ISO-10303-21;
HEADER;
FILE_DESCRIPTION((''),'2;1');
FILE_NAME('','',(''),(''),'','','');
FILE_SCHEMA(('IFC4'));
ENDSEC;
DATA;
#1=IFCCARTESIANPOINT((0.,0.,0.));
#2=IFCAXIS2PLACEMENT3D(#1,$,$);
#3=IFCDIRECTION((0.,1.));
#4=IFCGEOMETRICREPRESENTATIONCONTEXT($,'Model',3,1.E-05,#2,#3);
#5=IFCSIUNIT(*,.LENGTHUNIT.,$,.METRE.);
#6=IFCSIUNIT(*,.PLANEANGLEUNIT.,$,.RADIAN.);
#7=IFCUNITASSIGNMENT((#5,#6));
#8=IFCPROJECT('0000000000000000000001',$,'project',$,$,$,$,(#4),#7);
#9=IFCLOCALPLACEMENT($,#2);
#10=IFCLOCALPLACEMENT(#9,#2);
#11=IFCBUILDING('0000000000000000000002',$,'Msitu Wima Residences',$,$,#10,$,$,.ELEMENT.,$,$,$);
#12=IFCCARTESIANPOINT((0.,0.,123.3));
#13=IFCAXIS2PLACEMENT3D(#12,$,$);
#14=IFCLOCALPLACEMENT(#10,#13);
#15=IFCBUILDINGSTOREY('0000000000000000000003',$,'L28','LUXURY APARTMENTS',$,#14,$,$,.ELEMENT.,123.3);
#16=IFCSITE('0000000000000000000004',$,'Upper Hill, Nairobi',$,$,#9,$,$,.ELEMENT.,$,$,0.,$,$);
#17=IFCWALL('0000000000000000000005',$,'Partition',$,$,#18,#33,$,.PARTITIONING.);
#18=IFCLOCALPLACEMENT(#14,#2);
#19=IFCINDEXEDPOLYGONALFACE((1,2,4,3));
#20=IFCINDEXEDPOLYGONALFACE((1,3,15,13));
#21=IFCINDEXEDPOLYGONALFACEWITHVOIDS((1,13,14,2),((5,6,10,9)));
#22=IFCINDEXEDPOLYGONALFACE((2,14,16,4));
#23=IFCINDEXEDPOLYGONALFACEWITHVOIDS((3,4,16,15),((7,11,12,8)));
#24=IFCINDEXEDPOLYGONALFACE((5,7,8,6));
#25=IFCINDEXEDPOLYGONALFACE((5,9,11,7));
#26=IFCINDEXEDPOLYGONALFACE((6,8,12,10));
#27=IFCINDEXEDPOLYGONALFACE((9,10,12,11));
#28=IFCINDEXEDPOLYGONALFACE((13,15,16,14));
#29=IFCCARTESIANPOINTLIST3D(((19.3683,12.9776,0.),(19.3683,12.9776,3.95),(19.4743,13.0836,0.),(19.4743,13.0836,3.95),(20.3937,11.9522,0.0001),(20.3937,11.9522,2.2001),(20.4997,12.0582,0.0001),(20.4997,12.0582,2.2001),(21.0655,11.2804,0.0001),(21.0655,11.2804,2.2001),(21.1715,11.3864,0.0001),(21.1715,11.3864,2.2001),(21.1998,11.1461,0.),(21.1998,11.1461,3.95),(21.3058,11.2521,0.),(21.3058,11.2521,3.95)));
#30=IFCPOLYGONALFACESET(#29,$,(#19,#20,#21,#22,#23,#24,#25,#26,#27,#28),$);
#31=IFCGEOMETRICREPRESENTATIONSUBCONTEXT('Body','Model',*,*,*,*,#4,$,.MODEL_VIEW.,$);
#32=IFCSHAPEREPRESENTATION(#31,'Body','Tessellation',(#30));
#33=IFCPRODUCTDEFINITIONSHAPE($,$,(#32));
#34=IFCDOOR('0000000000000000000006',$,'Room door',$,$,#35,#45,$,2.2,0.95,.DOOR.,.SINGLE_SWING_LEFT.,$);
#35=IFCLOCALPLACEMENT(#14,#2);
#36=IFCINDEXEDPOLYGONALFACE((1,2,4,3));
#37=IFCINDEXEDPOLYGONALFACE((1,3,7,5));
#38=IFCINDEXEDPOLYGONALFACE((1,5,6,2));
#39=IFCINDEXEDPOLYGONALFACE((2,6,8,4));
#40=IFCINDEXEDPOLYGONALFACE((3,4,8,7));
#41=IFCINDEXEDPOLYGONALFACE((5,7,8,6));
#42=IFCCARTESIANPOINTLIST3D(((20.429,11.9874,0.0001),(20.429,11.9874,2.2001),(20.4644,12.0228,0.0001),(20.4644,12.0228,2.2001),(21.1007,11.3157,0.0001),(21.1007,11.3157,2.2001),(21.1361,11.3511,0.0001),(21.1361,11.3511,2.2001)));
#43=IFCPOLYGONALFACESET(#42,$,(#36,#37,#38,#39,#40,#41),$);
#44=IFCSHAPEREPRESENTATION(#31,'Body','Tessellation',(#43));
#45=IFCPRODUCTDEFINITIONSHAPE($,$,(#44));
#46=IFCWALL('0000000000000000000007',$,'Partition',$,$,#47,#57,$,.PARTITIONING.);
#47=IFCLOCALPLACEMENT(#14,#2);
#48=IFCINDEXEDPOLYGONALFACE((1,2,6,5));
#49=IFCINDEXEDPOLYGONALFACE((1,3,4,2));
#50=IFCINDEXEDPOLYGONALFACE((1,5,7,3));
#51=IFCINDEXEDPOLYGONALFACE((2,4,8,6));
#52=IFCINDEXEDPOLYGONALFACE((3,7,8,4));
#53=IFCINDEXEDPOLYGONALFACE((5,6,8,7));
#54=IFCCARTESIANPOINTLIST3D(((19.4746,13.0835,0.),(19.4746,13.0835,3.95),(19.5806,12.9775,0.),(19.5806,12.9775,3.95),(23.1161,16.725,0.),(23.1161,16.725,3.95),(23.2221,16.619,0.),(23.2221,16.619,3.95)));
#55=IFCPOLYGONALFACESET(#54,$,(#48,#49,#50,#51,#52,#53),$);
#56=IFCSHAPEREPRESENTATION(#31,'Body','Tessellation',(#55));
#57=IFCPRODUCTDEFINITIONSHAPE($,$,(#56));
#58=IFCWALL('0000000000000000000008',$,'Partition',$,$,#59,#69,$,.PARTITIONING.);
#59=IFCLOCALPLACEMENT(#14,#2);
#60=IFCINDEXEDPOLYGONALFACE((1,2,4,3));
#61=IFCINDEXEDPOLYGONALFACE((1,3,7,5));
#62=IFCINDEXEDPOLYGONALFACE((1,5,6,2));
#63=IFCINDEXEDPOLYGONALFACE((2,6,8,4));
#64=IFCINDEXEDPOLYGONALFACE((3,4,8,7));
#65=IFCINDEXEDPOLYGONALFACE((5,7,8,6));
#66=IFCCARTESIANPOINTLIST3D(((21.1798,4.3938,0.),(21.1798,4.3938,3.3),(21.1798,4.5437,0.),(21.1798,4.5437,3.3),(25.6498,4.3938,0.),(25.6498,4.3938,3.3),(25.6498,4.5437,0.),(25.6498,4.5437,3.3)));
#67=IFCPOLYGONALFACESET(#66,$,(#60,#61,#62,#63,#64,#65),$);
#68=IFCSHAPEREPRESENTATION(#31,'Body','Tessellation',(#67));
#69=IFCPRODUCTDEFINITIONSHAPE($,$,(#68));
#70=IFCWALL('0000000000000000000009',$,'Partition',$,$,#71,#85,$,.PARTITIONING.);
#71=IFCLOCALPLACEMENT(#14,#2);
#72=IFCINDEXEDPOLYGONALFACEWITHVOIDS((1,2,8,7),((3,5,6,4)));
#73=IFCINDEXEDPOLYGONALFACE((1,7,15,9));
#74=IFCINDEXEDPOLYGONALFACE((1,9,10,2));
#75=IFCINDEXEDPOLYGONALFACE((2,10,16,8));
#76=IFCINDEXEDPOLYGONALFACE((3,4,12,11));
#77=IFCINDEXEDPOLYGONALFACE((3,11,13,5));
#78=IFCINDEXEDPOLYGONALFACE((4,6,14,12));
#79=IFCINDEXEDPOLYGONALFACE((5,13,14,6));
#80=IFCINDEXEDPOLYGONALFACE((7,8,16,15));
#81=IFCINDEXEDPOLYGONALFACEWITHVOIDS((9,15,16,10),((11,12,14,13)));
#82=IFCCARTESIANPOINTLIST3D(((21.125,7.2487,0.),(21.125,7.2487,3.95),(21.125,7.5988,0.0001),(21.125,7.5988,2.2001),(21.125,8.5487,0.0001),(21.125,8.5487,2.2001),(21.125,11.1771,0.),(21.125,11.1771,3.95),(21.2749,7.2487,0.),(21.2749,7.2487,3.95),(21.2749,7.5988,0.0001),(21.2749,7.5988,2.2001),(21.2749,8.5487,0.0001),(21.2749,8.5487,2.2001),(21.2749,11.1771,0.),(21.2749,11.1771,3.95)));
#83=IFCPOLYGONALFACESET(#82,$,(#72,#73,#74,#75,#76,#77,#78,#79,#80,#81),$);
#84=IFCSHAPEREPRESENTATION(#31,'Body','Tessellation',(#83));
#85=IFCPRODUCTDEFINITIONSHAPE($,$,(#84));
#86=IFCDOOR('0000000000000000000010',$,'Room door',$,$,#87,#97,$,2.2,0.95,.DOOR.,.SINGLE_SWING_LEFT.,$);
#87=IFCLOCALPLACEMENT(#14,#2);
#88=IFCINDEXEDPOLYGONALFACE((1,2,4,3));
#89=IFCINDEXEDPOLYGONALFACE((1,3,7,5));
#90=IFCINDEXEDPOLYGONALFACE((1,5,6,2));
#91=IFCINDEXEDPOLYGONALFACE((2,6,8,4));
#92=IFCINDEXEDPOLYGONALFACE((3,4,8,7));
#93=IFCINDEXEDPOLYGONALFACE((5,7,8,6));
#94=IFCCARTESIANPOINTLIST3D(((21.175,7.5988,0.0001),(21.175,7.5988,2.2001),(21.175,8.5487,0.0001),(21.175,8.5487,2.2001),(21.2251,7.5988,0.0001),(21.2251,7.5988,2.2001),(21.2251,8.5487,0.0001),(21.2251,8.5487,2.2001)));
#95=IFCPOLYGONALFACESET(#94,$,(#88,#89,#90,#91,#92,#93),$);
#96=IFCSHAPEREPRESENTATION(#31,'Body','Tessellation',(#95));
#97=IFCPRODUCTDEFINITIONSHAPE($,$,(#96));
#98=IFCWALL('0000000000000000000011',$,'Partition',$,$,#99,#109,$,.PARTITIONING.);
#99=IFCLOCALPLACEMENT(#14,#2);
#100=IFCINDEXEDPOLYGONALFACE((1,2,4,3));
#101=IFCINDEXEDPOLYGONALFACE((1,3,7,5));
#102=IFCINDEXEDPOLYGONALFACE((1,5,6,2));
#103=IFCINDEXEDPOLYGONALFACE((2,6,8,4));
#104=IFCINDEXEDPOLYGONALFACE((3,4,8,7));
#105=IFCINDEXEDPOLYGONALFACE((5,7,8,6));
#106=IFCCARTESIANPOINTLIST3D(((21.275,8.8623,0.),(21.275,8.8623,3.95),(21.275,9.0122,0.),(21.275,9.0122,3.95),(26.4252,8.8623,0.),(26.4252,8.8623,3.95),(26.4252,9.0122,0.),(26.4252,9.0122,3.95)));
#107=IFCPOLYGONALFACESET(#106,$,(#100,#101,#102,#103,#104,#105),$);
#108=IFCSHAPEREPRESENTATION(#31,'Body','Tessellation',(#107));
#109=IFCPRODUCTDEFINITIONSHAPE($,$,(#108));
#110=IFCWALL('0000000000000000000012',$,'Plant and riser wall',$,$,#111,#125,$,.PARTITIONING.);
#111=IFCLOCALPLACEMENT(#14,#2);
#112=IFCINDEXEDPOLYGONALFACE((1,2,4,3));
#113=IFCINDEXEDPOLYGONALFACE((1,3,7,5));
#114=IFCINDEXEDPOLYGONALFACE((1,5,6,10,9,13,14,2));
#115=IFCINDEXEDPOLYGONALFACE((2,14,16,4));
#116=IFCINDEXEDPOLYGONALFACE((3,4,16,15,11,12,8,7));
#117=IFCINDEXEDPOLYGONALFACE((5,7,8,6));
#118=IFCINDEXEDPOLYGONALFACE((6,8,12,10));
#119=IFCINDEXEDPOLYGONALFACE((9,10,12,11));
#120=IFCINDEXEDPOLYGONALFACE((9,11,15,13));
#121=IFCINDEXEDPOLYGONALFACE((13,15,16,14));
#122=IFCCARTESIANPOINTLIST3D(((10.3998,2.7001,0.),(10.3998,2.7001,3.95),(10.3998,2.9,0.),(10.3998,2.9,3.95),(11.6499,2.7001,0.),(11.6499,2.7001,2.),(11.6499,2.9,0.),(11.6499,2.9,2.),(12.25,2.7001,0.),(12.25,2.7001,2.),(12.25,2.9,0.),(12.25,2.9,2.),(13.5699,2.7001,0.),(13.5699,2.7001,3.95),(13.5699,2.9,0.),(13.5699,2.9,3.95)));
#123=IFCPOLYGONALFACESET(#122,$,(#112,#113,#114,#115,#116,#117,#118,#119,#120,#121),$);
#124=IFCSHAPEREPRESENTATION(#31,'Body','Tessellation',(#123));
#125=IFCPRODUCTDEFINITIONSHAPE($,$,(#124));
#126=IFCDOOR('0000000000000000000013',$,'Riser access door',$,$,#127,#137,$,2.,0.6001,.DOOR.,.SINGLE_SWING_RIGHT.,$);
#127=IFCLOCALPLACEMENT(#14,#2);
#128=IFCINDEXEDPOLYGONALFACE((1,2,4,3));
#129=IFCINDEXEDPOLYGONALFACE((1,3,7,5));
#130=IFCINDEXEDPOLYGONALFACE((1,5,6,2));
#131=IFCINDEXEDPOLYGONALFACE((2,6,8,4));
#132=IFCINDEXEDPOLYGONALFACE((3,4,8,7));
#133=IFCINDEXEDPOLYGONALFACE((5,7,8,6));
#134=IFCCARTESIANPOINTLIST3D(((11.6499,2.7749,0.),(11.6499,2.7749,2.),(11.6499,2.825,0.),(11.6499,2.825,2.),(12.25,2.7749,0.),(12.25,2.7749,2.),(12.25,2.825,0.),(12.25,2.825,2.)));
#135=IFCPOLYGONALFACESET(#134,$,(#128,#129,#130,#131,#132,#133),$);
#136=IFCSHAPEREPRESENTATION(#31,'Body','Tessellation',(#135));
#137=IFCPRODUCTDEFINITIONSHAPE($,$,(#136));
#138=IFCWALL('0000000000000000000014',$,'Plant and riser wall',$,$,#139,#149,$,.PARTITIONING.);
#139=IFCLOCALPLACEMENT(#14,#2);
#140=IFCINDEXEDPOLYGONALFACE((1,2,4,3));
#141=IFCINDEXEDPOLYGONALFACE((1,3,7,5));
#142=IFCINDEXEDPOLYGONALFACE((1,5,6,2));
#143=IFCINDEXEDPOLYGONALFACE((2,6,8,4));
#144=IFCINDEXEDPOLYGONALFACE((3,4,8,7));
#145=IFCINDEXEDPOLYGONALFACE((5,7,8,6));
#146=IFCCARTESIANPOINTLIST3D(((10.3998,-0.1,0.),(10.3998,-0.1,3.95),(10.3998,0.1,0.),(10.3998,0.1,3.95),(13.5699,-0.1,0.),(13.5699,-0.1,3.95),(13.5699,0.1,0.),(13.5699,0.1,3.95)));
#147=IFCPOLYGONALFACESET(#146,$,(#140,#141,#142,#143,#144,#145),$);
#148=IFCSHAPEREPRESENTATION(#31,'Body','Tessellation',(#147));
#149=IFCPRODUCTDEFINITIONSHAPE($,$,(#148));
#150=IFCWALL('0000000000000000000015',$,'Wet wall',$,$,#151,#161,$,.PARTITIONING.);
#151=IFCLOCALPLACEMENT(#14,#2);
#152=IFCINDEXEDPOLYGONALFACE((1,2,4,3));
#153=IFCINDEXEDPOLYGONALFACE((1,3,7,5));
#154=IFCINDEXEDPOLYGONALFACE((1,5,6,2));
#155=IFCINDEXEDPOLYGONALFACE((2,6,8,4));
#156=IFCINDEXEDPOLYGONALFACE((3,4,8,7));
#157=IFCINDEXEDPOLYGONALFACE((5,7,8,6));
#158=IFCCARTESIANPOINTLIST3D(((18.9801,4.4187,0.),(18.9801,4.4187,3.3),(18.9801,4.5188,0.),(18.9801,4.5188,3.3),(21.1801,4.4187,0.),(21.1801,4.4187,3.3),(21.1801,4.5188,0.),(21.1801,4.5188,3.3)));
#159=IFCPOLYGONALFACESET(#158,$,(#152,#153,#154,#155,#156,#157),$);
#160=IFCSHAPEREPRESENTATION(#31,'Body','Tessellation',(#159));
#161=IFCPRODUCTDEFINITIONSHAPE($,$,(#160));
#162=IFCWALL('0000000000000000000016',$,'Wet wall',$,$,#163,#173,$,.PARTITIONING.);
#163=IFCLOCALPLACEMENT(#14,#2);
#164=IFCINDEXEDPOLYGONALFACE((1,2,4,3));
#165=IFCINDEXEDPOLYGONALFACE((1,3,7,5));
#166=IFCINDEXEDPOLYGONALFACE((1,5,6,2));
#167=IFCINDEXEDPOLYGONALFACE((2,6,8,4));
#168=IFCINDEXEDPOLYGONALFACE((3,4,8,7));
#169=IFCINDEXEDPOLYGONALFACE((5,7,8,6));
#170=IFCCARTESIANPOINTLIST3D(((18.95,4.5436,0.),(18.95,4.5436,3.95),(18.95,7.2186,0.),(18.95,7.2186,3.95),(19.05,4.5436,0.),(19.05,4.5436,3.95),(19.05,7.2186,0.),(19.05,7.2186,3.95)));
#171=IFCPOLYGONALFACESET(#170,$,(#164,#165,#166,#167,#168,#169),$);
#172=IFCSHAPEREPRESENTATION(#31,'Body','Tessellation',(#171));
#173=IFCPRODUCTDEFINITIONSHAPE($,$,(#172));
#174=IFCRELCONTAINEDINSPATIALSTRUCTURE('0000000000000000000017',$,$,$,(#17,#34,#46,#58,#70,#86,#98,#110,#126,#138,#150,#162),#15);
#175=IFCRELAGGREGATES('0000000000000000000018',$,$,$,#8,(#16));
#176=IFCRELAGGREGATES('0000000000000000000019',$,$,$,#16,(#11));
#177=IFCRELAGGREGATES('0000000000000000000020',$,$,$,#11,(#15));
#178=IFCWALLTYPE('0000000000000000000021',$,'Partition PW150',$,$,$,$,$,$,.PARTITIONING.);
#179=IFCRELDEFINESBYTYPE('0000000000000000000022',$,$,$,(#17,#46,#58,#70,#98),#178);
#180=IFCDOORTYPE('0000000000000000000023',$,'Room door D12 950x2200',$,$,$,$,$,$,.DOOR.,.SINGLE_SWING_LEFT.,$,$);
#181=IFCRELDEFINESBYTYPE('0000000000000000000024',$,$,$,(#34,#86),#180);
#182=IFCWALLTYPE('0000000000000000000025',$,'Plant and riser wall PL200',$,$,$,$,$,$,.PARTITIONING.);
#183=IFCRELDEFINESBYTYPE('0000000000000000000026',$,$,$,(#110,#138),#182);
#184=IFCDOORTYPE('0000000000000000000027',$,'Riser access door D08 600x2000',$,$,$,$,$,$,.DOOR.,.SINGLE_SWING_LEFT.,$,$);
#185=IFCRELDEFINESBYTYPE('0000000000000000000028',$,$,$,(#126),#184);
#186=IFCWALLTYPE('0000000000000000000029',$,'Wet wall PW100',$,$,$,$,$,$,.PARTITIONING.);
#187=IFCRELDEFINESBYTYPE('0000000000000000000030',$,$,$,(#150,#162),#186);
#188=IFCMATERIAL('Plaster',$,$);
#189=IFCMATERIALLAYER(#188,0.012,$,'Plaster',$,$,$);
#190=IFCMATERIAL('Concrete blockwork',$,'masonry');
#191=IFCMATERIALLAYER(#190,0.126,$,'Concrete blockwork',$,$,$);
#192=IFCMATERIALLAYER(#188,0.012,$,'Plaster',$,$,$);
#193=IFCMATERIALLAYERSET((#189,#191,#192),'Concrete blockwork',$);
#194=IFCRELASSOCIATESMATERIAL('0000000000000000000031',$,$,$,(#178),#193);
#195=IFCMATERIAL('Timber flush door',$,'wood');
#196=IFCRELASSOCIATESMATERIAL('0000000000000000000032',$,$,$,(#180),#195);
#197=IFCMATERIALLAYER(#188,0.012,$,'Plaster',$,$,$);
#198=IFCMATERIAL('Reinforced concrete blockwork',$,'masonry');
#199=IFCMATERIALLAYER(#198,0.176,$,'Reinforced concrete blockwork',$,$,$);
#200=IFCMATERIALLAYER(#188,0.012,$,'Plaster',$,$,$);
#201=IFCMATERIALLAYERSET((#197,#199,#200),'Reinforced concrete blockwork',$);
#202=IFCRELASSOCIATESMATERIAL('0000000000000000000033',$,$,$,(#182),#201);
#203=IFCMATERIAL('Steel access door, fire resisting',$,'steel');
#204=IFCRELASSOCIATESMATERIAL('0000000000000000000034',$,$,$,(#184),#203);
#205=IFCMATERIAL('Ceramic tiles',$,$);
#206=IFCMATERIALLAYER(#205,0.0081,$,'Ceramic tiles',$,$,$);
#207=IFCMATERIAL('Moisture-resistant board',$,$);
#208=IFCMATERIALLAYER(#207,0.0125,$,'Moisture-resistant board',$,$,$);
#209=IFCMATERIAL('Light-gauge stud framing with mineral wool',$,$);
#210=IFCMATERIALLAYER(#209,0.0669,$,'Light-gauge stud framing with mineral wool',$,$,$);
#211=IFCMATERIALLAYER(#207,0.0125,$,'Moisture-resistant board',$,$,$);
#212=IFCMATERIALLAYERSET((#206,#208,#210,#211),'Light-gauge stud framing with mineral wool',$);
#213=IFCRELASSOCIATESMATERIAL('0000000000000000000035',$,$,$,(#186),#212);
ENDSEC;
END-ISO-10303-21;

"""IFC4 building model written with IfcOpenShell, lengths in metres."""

from ifc_helpers import new_model, si_unit, direction, frame, frame_2d, origin, place, context, subcontext, project, spatial, rectangle, extrude, material, layer, layer_set, type_object, element, fill, save


model = new_model("IFC4")

# Units and contexts
model_context = context("Model", 3, precision=1e-05, world=origin(), true_north=direction((0.0, 1.0)))
body_context = subcontext(model_context, "Body", "Model", "MODEL_VIEW")
ifc_project = project(units=[si_unit("LENGTHUNIT", "METRE"), si_unit("PLANEANGLEUNIT", "RADIAN")], contexts=[model_context])

# Site, building, storey
site_placement = place(None, origin())
site = spatial("IfcSite", under=ifc_project, at=site_placement, Name="Upper Hill, Nairobi", CompositionType="ELEMENT", RefElevation=0.0)
building_placement = place(site_placement, origin())
building = spatial("IfcBuilding", under=site, at=building_placement, Name="Msitu Wima Residences", CompositionType="ELEMENT")
storey_placement = place(building_placement, frame((0.0, 0.0, 123.3)))
storey = spatial("IfcBuildingStorey", under=building, at=storey_placement, Name="L28", Description="LUXURY APARTMENTS", CompositionType="ELEMENT", Elevation=123.3)

# Wall, opening, door
ifc_material_1 = material(Name="Plaster")
ifc_layer_1 = layer(ifc_material_1, 0.012, Name="Plaster")
ifc_material_2 = material(Name="Concrete blockwork", Category="masonry")
ifc_layer_2 = layer(ifc_material_2, 0.126, Name="Concrete blockwork")
ifc_layer_3 = layer(ifc_material_1, 0.012, Name="Plaster")
ifc_layer_set_1 = layer_set([ifc_layer_1, ifc_layer_2, ifc_layer_3], Name="Concrete blockwork")
wall_type_1 = type_object("IfcWallType", Name="Partition PW150", PredefinedType="PARTITIONING", material=ifc_layer_set_1)
ifc_material_3 = material(Name="Timber flush door", Category="wood")
door_type_1 = type_object("IfcDoorType", Name="Room door D12 950x2200", OperationType="SINGLE_SWING_LEFT", PredefinedType="DOOR", material=ifc_material_3)
wall_1_placement = place(storey_placement, frame((19.4214, 13.0305, 0.0), z_axis=(0.0, 0.0, 1.0), x_axis=(0.707107, -0.707107, 0.0)))
wall_1 = element("IfcWall", 1, at=wall_1_placement, inside=storey, type_object=wall_type_1, Name="Partition", PredefinedType="PARTITIONING", context=body_context, shape_type="SweptSolid", body=[
    extrude(rectangle(XDim=2.5901, YDim=0.1499, at=frame_2d((1.2949, 0.0))), origin(), (0.0, 0.0, 1.0), 3.95),
])
opening_1_placement = place(wall_1_placement, frame((1.45, 0.0, 0.0)))
opening_1 = element("IfcOpeningElement", 2, at=opening_1_placement, cuts=wall_1, PredefinedType="OPENING", context=body_context, shape_type="SweptSolid", body=[
    extrude(rectangle(XDim=0.95, YDim=2.2, at=frame_2d((0.4751, 1.1001))), frame((0.0, 0.085, 0.0), z_axis=(0.0, -1.0, 0.0), x_axis=(1.0, 0.0, 0.0)), (0.0, 0.0, 1.0), 0.1699),
])
door_1_placement = place(opening_1_placement, origin())
door_1 = element("IfcDoor", 3, at=door_1_placement, inside=storey, type_object=door_type_1, Name="Room door", OperationType="SINGLE_SWING_LEFT", OverallHeight=2.2, OverallWidth=0.95, PredefinedType="DOOR", context=body_context, shape_type="SweptSolid", body=[
    extrude(rectangle(XDim=0.95, YDim=2.2, at=frame_2d((0.4751, 1.1001))), frame((0.0, 0.0249, 0.0), z_axis=(0.0, -1.0, 0.0), x_axis=(1.0, 0.0, 0.0)), (0.0, 0.0, 1.0), 0.05),
])
fill(opening_1, door_1)

# Walls
wall_2_placement = place(storey_placement, frame((19.5276, 13.0305, 0.0), z_axis=(0.0, 0.0, 1.0), x_axis=(0.707107, 0.707107, 0.0)))
element("IfcWall", 4, at=wall_2_placement, inside=storey, type_object=wall_type_1, Name="Partition", PredefinedType="PARTITIONING", context=body_context, shape_type="SweptSolid", body=[
    extrude(rectangle(XDim=5.1499, YDim=0.1499, at=frame_2d((2.575, 0.0))), origin(), (0.0, 0.0, 1.0), 3.95),
])
wall_3_placement = place(storey_placement, frame((21.1799, 4.4688, 0.0), z_axis=(0.0, 0.0, 1.0), x_axis=(1.0, 0.0, 0.0)))
element("IfcWall", 5, at=wall_3_placement, inside=storey, type_object=wall_type_1, Name="Partition", PredefinedType="PARTITIONING", context=body_context, shape_type="SweptSolid", body=[
    extrude(rectangle(XDim=4.47, YDim=0.1499, at=frame_2d((2.2349, 0.0))), origin(), (0.0, 0.0, 1.0), 3.3),
])

# Wall, opening, door
wall_4_placement = place(storey_placement, frame((21.2, 7.2485, 0.0), z_axis=(0.0, 0.0, 1.0), x_axis=(0.0, 1.0, 0.0)))
wall_4 = element("IfcWall", 6, at=wall_4_placement, inside=storey, type_object=wall_type_1, Name="Partition", PredefinedType="PARTITIONING", context=body_context, shape_type="SweptSolid", body=[
    extrude(rectangle(XDim=3.9285, YDim=0.1499, at=frame_2d((1.9644, 0.0))), origin(), (0.0, 0.0, 1.0), 3.95),
])
opening_2_placement = place(wall_4_placement, frame((0.3501, 0.0, 0.0)))
opening_2 = element("IfcOpeningElement", 7, at=opening_2_placement, cuts=wall_4, PredefinedType="OPENING", context=body_context, shape_type="SweptSolid", body=[
    extrude(rectangle(XDim=0.95, YDim=2.2, at=frame_2d((0.4751, 1.1001))), frame((0.0, 0.085, 0.0), z_axis=(0.0, -1.0, 0.0), x_axis=(1.0, 0.0, 0.0)), (0.0, 0.0, 1.0), 0.1699),
])
door_2_placement = place(opening_2_placement, origin())
door_2 = element("IfcDoor", 8, at=door_2_placement, inside=storey, type_object=door_type_1, Name="Room door", OperationType="SINGLE_SWING_LEFT", OverallHeight=2.2, OverallWidth=0.95, PredefinedType="DOOR", context=body_context, shape_type="SweptSolid", body=[
    extrude(rectangle(XDim=0.95, YDim=2.2, at=frame_2d((0.4751, 1.1001))), frame((0.0, 0.0249, 0.0), z_axis=(0.0, -1.0, 0.0), x_axis=(1.0, 0.0, 0.0)), (0.0, 0.0, 1.0), 0.05),
])
fill(opening_2, door_2)

# Wall
wall_5_placement = place(storey_placement, frame((21.2749, 8.9373, 0.0), z_axis=(0.0, 0.0, 1.0), x_axis=(1.0, 0.0, 0.0)))
element("IfcWall", 9, at=wall_5_placement, inside=storey, type_object=wall_type_1, Name="Partition", PredefinedType="PARTITIONING", context=body_context, shape_type="SweptSolid", body=[
    extrude(rectangle(XDim=5.1501, YDim=0.1499, at=frame_2d((2.5752, 0.0))), origin(), (0.0, 0.0, 1.0), 3.95),
])

# Wall, opening, door
ifc_layer_4 = layer(ifc_material_1, 0.012, Name="Plaster")
ifc_material_4 = material(Name="Reinforced concrete blockwork", Category="masonry")
ifc_layer_5 = layer(ifc_material_4, 0.176, Name="Reinforced concrete blockwork")
ifc_layer_6 = layer(ifc_material_1, 0.012, Name="Plaster")
ifc_layer_set_2 = layer_set([ifc_layer_4, ifc_layer_5, ifc_layer_6], Name="Reinforced concrete blockwork")
wall_type_2 = type_object("IfcWallType", Name="Plant and riser wall PL200", PredefinedType="PARTITIONING", material=ifc_layer_set_2)
wall_6_placement = place(storey_placement, frame((10.3999, 2.8, 0.0), z_axis=(0.0, 0.0, 1.0), x_axis=(1.0, 0.0, 0.0)))
wall_6 = element("IfcWall", 10, at=wall_6_placement, inside=storey, type_object=wall_type_2, Name="Plant and riser wall", PredefinedType="PARTITIONING", context=body_context, shape_type="SweptSolid", body=[
    extrude(rectangle(XDim=3.1702, YDim=0.2, at=frame_2d((1.585, 0.0))), origin(), (0.0, 0.0, 1.0), 3.95),
])
opening_3_placement = place(wall_6_placement, frame((1.25, 0.0, 0.0)))
opening_3 = element("IfcOpeningElement", 11, at=opening_3_placement, cuts=wall_6, PredefinedType="OPENING", context=body_context, shape_type="SweptSolid", body=[
    extrude(rectangle(XDim=0.6001, YDim=2.0, at=frame_2d((0.3, 1.0))), frame((0.0, 0.1099, 0.0), z_axis=(0.0, -1.0, 0.0), x_axis=(1.0, 0.0, 0.0)), (0.0, 0.0, 1.0), 0.22),
])
ifc_material_5 = material(Name="Steel access door, fire resisting", Category="steel")
door_type_2 = type_object("IfcDoorType", Name="Riser access door D08 600x2000", OperationType="SINGLE_SWING_LEFT", PredefinedType="DOOR", material=ifc_material_5)
door_3_placement = place(opening_3_placement, origin())
door_3 = element("IfcDoor", 12, at=door_3_placement, inside=storey, type_object=door_type_2, Name="Riser access door", OperationType="SINGLE_SWING_RIGHT", OverallHeight=2.0, OverallWidth=0.6001, PredefinedType="DOOR", context=body_context, shape_type="SweptSolid", body=[
    extrude(rectangle(XDim=0.6001, YDim=2.0, at=frame_2d((0.3, 1.0))), frame((0.0, 0.0249, 0.0), z_axis=(0.0, -1.0, 0.0), x_axis=(1.0, 0.0, 0.0)), (0.0, 0.0, 1.0), 0.05),
])
fill(opening_3, door_3)

# Walls
wall_7_placement = place(storey_placement, frame((10.3999, 0.0, 0.0), z_axis=(0.0, 0.0, 1.0), x_axis=(1.0, 0.0, 0.0)))
element("IfcWall", 13, at=wall_7_placement, inside=storey, type_object=wall_type_2, Name="Plant and riser wall", PredefinedType="PARTITIONING", context=body_context, shape_type="SweptSolid", body=[
    extrude(rectangle(XDim=3.1702, YDim=0.2, at=frame_2d((1.585, 0.0))), origin(), (0.0, 0.0, 1.0), 3.95),
])
ifc_material_6 = material(Name="Ceramic tiles")
ifc_layer_7 = layer(ifc_material_6, 0.0081, Name="Ceramic tiles")
ifc_material_7 = material(Name="Moisture-resistant board")
ifc_layer_8 = layer(ifc_material_7, 0.0125, Name="Moisture-resistant board")
ifc_material_8 = material(Name="Light-gauge stud framing with mineral wool")
ifc_layer_9 = layer(ifc_material_8, 0.0669, Name="Light-gauge stud framing with mineral wool")
ifc_layer_10 = layer(ifc_material_7, 0.0125, Name="Moisture-resistant board")
ifc_layer_set_3 = layer_set([ifc_layer_7, ifc_layer_8, ifc_layer_9, ifc_layer_10], Name="Light-gauge stud framing with mineral wool")
wall_type_3 = type_object("IfcWallType", Name="Wet wall PW100", PredefinedType="PARTITIONING", material=ifc_layer_set_3)
wall_8_placement = place(storey_placement, frame((18.98, 4.4688, 0.0), z_axis=(0.0, 0.0, 1.0), x_axis=(1.0, 0.0, 0.0)))
element("IfcWall", 14, at=wall_8_placement, inside=storey, type_object=wall_type_3, Name="Wet wall", PredefinedType="PARTITIONING", context=body_context, shape_type="SweptSolid", body=[
    extrude(rectangle(XDim=2.2, YDim=0.1001, at=frame_2d((1.1001, 0.0))), origin(), (0.0, 0.0, 1.0), 3.3),
])
wall_9_placement = place(storey_placement, frame((19.0, 4.5437, 0.0), z_axis=(0.0, 0.0, 1.0), x_axis=(0.0, 1.0, 0.0)))
element("IfcWall", 15, at=wall_9_placement, inside=storey, type_object=wall_type_3, Name="Wet wall", PredefinedType="PARTITIONING", context=body_context, shape_type="SweptSolid", body=[
    extrude(rectangle(XDim=2.675, YDim=0.1001, at=frame_2d((1.3374, 0.0))), origin(), (0.0, 0.0, 1.0), 3.95),
])

save(model, "model.ifc")
